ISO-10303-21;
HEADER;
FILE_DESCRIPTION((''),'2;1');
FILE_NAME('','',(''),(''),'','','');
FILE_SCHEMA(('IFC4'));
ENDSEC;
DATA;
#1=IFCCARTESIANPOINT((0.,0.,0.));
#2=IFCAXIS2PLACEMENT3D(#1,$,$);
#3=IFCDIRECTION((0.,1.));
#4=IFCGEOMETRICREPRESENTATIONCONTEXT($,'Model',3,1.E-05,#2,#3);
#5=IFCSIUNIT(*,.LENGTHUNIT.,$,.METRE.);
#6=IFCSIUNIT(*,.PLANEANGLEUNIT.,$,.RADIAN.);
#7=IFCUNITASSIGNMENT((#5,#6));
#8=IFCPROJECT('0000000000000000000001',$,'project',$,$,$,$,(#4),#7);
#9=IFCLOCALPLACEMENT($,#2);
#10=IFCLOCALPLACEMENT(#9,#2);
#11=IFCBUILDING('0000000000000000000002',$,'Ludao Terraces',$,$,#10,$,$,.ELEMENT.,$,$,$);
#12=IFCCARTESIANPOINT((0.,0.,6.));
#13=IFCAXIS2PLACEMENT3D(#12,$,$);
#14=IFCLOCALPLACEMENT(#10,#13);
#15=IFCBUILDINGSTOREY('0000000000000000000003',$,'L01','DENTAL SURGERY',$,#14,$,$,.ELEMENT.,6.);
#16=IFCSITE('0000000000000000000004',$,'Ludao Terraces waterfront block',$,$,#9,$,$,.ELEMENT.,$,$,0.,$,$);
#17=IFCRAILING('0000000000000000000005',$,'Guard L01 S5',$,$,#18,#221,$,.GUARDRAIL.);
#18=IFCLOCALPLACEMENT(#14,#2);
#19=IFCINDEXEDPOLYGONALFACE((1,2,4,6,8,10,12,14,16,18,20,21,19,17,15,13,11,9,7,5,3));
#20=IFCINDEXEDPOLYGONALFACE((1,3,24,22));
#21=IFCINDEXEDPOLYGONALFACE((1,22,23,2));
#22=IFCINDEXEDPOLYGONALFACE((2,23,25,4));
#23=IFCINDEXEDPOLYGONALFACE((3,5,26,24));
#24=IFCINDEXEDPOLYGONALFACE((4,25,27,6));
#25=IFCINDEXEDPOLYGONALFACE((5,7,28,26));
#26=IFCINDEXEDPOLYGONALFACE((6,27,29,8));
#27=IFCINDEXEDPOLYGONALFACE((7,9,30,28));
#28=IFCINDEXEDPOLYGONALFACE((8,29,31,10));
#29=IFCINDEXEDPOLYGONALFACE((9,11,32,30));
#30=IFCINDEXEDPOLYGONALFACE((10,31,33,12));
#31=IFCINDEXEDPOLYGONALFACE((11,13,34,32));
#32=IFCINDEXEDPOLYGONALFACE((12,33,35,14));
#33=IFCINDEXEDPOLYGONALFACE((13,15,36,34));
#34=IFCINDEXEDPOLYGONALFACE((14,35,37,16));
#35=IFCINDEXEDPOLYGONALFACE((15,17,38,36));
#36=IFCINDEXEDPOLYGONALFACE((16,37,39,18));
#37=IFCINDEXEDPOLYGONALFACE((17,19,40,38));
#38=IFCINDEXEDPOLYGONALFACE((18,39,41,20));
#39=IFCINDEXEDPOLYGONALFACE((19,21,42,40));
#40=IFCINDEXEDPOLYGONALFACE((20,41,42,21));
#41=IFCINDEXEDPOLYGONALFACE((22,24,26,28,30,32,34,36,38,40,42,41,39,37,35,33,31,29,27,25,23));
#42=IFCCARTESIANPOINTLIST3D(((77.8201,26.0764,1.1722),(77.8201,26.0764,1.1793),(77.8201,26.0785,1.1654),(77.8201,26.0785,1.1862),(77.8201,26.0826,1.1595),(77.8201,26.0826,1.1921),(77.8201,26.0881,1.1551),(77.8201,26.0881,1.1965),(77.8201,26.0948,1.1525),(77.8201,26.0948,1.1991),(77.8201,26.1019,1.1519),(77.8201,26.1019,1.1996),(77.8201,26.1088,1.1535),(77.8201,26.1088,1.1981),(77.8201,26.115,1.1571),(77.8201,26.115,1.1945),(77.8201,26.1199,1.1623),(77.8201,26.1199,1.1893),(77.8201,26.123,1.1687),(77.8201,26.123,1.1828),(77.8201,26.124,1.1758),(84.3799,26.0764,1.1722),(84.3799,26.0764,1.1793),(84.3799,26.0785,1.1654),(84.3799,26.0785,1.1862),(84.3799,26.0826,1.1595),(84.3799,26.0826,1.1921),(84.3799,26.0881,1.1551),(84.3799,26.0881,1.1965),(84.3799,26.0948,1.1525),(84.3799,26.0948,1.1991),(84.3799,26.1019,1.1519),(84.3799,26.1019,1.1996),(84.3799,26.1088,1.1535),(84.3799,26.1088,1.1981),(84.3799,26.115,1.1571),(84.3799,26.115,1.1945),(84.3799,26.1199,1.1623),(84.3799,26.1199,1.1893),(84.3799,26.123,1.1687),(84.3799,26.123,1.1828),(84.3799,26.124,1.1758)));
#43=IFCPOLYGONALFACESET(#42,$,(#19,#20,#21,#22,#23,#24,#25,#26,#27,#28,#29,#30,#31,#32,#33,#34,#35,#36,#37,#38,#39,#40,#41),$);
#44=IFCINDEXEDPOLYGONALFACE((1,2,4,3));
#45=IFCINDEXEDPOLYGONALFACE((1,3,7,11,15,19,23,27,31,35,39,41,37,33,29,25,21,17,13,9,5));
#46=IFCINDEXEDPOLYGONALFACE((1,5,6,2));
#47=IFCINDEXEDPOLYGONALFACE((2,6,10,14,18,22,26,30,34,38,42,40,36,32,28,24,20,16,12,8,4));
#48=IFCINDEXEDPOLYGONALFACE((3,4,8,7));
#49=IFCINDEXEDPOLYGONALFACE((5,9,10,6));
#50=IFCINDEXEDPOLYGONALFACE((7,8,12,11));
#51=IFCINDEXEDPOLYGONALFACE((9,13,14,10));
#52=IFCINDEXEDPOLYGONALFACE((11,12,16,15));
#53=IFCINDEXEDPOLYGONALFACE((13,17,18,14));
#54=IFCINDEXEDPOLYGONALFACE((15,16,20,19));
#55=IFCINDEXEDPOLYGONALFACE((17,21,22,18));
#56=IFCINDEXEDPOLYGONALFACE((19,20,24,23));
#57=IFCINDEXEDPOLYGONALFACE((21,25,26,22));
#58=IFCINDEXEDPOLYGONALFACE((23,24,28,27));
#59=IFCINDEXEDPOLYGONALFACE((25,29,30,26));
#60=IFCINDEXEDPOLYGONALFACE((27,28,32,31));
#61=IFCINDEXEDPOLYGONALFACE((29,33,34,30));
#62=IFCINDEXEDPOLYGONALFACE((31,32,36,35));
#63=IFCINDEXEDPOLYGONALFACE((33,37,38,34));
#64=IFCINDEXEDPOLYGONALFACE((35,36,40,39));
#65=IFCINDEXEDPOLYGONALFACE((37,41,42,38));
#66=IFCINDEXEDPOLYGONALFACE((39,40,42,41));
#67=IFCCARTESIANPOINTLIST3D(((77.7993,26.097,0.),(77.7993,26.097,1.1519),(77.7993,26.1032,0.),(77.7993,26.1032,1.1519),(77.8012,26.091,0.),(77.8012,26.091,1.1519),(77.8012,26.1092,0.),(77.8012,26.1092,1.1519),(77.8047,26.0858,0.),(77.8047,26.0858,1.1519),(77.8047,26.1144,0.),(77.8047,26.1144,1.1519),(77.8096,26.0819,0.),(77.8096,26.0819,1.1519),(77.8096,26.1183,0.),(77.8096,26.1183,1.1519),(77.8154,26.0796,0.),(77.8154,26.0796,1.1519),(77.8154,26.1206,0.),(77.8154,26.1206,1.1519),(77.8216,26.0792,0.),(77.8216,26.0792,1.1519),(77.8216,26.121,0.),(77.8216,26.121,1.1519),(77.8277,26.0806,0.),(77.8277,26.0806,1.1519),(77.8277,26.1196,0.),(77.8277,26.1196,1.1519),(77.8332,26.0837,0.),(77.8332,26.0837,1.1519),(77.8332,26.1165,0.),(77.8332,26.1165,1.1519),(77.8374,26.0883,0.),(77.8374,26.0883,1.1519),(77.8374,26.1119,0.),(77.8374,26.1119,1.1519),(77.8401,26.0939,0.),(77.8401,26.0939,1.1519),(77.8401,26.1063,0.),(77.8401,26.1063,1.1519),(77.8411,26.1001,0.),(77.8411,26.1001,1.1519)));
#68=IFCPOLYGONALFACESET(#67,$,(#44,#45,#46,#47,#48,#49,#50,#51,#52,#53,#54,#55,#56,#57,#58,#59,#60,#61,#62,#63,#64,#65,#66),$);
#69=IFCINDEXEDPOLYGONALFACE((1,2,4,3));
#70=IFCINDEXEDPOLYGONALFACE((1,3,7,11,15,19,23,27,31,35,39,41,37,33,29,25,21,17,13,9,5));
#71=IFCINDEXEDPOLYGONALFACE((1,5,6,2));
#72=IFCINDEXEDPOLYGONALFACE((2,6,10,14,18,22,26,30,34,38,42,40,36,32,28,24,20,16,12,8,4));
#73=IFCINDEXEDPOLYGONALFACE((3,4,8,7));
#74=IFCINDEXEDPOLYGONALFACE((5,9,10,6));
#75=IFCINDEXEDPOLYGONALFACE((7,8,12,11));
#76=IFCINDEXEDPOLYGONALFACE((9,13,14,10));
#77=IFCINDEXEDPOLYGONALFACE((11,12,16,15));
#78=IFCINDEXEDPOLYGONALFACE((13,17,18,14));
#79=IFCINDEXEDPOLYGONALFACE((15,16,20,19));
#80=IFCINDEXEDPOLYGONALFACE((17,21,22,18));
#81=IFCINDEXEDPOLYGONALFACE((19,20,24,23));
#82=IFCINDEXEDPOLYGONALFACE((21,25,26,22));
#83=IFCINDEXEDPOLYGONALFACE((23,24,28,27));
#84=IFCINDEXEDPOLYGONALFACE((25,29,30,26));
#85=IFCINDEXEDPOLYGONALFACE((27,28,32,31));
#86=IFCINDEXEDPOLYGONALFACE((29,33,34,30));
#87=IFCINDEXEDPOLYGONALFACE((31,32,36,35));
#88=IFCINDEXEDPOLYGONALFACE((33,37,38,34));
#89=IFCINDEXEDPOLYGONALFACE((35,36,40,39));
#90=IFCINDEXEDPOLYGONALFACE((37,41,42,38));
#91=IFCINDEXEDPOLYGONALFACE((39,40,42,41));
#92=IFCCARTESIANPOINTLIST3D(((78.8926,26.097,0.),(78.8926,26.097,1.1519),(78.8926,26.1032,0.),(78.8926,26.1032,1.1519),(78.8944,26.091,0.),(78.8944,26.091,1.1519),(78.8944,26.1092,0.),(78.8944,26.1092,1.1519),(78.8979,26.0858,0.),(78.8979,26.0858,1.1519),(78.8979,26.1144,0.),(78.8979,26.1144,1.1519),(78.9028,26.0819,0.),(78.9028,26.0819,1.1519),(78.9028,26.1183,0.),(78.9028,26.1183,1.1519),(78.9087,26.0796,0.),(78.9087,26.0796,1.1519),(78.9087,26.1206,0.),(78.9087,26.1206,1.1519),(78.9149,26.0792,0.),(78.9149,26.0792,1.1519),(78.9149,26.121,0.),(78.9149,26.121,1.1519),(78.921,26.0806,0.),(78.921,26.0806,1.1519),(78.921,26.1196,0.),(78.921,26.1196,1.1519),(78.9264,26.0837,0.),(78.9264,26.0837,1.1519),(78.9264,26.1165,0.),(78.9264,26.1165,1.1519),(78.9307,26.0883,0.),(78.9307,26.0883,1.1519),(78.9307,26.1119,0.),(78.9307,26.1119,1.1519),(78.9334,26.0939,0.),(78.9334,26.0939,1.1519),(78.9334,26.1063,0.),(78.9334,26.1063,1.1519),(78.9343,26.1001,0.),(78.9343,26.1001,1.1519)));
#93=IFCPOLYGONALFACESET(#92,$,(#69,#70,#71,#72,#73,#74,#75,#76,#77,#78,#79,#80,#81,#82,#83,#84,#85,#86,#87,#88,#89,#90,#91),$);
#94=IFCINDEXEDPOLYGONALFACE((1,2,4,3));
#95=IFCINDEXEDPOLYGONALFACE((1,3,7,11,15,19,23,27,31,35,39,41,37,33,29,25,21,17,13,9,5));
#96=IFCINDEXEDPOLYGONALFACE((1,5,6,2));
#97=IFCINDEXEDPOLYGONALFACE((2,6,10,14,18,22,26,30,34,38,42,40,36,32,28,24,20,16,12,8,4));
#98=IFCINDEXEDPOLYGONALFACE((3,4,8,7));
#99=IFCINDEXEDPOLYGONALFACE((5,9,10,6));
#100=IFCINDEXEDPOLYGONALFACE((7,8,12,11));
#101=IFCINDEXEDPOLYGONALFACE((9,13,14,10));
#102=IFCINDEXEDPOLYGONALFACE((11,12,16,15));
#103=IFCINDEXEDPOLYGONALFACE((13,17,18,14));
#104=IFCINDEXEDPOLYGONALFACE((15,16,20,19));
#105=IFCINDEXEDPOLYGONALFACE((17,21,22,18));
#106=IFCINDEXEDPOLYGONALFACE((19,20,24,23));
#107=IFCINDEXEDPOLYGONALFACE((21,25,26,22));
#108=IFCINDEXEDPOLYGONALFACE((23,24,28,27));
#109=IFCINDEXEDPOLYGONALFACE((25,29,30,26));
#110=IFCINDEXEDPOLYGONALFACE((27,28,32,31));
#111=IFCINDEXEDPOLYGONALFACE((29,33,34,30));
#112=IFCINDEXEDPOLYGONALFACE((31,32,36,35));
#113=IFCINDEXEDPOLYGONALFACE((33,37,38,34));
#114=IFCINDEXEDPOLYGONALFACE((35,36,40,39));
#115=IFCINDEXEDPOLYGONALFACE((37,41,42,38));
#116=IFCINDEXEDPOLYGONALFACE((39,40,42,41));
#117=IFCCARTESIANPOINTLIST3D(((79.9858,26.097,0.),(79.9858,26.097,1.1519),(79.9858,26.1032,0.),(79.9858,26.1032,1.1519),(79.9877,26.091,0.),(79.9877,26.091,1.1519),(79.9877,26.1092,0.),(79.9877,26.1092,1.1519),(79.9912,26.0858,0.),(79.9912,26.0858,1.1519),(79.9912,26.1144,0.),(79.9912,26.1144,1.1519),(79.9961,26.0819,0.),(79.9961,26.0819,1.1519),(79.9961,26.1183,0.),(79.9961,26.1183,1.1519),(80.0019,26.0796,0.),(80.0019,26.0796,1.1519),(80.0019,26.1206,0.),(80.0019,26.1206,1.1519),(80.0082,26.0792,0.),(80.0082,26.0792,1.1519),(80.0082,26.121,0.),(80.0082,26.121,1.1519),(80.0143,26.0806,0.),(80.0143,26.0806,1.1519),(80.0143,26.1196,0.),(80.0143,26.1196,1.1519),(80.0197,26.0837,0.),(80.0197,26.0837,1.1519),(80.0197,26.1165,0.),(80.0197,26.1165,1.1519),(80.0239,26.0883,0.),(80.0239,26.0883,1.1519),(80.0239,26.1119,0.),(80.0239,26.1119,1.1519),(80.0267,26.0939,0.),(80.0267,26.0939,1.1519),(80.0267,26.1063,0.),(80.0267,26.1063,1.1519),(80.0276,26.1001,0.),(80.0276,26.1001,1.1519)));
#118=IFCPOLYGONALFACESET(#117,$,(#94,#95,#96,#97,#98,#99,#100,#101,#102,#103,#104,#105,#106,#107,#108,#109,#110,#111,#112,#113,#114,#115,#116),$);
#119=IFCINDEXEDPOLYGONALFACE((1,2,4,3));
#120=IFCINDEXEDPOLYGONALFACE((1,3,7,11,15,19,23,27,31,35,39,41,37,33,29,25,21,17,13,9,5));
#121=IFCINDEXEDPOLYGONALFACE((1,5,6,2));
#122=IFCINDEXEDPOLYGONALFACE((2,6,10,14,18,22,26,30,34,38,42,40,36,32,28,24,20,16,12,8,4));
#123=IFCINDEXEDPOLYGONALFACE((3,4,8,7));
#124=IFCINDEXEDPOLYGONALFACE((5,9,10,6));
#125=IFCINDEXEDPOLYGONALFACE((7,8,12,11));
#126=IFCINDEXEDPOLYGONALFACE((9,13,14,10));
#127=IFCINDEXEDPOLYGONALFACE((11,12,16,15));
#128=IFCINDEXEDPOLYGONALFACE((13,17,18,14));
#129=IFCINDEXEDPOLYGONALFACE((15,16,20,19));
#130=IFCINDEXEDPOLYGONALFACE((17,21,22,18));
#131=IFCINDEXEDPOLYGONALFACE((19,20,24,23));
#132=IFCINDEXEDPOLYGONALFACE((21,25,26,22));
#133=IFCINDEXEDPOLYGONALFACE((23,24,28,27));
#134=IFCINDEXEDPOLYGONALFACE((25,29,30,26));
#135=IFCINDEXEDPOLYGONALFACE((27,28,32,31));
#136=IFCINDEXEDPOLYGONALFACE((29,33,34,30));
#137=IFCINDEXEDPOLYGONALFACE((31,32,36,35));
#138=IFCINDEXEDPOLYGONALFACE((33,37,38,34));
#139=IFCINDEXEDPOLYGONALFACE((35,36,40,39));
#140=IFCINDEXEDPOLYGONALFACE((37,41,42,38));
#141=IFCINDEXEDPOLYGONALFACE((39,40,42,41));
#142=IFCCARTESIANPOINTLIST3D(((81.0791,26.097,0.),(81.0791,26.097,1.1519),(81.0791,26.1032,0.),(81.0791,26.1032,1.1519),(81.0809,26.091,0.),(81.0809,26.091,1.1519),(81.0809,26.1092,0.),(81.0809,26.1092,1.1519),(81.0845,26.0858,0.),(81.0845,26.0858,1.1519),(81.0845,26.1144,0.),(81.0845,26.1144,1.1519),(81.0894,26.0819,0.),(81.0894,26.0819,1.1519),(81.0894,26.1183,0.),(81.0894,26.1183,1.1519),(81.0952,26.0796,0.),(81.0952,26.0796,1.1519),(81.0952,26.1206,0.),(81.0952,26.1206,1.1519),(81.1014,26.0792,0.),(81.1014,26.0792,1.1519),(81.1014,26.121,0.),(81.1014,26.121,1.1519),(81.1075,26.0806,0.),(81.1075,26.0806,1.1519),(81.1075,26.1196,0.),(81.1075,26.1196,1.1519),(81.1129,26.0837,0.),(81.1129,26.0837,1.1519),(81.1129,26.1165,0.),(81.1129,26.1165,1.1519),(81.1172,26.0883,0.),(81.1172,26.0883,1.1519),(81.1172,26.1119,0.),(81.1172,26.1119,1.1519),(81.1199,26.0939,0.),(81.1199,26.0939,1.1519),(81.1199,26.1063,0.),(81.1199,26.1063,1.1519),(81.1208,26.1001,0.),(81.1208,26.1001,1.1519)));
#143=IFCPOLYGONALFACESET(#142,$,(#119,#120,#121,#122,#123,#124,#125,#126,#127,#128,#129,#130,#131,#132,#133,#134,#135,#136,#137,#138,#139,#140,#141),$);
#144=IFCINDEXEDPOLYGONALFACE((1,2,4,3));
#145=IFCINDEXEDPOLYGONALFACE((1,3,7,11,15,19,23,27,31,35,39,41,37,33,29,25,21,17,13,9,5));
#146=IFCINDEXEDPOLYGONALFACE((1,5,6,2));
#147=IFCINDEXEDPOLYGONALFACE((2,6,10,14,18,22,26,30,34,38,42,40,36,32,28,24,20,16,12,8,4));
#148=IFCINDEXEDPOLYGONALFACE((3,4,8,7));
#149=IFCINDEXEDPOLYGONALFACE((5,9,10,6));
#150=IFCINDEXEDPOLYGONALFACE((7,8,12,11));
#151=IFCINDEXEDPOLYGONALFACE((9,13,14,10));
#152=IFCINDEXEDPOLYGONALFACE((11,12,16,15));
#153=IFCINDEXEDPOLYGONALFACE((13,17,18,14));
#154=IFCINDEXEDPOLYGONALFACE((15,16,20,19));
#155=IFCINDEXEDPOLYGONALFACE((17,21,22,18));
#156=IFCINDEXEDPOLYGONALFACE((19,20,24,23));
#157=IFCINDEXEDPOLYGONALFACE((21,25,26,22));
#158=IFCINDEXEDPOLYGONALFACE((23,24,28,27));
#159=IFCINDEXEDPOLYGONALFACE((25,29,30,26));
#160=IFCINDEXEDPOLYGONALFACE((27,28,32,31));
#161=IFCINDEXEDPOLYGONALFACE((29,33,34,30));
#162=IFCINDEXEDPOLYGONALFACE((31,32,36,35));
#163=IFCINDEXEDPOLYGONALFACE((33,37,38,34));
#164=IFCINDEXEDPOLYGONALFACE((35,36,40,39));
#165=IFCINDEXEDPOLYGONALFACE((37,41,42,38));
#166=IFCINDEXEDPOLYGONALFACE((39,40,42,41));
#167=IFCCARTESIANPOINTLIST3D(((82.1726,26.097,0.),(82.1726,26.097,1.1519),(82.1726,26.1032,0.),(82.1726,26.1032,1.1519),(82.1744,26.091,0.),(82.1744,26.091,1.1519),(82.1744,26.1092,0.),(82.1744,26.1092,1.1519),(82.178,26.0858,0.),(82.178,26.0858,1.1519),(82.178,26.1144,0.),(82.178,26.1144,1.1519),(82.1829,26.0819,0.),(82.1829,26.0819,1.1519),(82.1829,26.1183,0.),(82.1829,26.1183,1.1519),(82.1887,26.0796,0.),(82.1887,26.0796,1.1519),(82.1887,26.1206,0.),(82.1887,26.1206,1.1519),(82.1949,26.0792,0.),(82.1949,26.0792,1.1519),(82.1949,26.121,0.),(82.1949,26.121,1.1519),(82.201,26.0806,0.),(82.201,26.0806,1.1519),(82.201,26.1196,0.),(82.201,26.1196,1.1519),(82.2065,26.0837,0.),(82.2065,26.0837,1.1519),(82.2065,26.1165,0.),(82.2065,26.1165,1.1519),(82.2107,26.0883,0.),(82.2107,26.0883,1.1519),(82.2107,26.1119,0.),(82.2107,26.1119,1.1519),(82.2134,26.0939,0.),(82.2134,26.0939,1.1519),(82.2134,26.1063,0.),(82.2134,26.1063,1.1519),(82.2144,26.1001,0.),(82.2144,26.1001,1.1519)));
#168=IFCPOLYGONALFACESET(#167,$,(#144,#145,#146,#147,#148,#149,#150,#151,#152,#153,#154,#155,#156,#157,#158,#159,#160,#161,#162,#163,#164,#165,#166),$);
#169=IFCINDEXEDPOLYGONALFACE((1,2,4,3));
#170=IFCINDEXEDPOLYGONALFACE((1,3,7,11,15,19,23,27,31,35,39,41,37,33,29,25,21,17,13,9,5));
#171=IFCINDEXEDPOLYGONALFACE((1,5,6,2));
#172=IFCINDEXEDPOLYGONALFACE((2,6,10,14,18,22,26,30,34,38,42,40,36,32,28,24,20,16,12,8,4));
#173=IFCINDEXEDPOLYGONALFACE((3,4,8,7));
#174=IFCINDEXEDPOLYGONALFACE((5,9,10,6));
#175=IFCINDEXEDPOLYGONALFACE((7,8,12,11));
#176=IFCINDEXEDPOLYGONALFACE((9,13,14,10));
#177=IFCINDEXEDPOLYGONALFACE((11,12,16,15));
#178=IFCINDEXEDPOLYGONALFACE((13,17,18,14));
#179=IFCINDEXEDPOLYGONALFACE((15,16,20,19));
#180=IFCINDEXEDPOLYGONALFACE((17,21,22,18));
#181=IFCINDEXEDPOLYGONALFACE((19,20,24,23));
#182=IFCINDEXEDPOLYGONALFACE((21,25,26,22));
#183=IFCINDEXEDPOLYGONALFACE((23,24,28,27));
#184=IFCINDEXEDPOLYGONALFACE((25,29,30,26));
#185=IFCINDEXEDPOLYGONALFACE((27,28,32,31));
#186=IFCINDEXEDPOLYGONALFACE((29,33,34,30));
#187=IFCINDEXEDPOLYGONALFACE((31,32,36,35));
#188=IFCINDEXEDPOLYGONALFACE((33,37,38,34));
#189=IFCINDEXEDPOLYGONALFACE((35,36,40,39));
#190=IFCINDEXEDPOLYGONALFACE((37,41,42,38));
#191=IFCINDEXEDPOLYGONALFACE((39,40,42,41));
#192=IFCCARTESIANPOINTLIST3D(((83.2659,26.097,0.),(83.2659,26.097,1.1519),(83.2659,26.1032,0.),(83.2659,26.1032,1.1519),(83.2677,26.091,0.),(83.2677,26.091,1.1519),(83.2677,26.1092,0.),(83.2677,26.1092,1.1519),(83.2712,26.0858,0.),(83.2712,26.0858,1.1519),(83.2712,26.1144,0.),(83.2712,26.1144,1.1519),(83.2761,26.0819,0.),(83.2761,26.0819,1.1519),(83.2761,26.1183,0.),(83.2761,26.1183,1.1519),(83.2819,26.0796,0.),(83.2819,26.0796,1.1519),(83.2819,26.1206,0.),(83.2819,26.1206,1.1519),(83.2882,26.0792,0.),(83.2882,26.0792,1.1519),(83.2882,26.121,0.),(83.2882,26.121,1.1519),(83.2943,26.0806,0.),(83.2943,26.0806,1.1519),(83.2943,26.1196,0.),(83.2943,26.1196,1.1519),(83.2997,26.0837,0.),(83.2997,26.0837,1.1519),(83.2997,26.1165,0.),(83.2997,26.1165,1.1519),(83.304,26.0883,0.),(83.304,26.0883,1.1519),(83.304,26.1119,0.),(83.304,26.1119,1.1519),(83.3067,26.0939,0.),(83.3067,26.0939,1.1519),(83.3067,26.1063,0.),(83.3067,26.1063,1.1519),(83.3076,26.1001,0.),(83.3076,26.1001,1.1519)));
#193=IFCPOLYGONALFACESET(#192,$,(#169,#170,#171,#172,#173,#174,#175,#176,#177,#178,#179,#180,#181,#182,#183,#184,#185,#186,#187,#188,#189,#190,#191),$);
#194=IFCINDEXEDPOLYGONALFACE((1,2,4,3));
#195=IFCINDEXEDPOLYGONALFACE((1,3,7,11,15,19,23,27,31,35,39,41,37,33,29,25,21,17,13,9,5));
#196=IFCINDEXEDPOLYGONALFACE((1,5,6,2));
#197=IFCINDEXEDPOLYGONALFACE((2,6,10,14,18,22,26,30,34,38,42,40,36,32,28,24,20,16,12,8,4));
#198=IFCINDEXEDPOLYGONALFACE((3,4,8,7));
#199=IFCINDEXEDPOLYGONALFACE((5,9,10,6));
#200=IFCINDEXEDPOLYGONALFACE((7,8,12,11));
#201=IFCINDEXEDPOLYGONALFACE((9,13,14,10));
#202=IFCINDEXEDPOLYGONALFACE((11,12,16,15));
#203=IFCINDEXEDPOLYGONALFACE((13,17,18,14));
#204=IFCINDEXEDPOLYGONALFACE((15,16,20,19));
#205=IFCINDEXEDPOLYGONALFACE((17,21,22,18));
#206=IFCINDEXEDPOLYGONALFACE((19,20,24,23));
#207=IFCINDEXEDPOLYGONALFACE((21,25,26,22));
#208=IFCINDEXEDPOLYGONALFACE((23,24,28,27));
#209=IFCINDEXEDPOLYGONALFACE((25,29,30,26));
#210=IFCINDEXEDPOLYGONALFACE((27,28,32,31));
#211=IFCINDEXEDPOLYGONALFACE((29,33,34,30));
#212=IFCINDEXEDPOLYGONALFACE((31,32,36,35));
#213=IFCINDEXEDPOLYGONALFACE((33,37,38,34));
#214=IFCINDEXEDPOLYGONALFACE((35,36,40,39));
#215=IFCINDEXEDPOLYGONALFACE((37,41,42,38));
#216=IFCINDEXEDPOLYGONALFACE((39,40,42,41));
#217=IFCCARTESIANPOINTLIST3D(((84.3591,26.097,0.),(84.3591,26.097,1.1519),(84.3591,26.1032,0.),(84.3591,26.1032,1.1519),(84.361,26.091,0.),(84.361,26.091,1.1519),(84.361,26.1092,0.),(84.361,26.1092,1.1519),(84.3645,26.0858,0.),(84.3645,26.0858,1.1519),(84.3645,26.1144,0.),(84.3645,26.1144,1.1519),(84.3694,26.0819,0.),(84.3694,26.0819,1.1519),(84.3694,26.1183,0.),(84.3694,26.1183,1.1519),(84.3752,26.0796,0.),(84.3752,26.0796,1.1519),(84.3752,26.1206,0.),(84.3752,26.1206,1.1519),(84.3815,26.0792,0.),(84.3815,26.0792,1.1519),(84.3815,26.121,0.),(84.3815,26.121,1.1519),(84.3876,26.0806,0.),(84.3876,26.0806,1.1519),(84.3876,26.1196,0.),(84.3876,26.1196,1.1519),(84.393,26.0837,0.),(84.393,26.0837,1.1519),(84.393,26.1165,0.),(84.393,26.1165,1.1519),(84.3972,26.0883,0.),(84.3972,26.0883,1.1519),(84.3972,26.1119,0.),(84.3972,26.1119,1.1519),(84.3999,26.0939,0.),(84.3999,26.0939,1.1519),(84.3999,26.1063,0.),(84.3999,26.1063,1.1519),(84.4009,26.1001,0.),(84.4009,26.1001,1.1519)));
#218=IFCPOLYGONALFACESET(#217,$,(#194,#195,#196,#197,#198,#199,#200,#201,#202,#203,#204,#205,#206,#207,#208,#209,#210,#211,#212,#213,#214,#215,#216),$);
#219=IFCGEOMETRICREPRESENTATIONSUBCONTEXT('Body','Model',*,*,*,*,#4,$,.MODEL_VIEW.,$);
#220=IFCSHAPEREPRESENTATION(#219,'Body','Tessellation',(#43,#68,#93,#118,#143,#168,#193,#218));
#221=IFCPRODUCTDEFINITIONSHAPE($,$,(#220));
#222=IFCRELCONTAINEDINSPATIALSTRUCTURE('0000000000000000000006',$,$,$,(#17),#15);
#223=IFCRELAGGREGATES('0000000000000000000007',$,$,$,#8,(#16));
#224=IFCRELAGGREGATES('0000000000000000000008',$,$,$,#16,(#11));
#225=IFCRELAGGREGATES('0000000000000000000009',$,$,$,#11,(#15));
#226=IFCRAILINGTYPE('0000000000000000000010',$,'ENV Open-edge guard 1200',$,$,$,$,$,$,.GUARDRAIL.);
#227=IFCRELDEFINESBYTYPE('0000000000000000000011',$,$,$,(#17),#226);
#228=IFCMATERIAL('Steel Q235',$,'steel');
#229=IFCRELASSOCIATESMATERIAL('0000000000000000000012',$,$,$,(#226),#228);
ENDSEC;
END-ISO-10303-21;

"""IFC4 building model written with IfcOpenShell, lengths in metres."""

from ifc_helpers import new_model, si_unit, direction, frame, origin, origin_2d, place, context, subcontext, project, spatial, circle, extrude, material, type_object, element, save


model = new_model("IFC4")

# Units and contexts
model_context = context("Model", 3, precision=1e-05, world=origin(), true_north=direction((0.0, 1.0)))
body_context = subcontext(model_context, "Body", "Model", "MODEL_VIEW")
ifc_project = project(units=[si_unit("LENGTHUNIT", "METRE"), si_unit("PLANEANGLEUNIT", "RADIAN")], contexts=[model_context])

# Site, building, storey
site_placement = place(None, origin())
site = spatial("IfcSite", under=ifc_project, at=site_placement, Name="Ludao Terraces waterfront block", CompositionType="ELEMENT", RefElevation=0.0)
building_placement = place(site_placement, origin())
building = spatial("IfcBuilding", under=site, at=building_placement, Name="Ludao Terraces", CompositionType="ELEMENT")
storey_placement = place(building_placement, frame((0.0, 0.0, 6.0)))
storey = spatial("IfcBuildingStorey", under=building, at=storey_placement, Name="L01", Description="DENTAL SURGERY", CompositionType="ELEMENT", Elevation=6.0)

# Shared definitions
ifc_material_1 = material(Name="Steel Q235", Category="steel")

# Railing
railing_type = type_object("IfcRailingType", Name="ENV Open-edge guard 1200", PredefinedType="GUARDRAIL", material=ifc_material_1)
railing_1_placement = place(storey_placement, frame((77.8201, 26.1001, 0.0)))
element("IfcRailing", 1, at=railing_1_placement, inside=storey, type_object=railing_type, Name="Guard L01 S5", PredefinedType="GUARDRAIL", context=body_context, shape_type="SweptSolid", body=[
    extrude(circle(Radius=0.0239, at=origin_2d()), frame((0.0, 0.0, 1.1758), z_axis=(1.0, 0.0, 0.0), x_axis=(0.0, 1.0, 0.0)), (0.0, 0.0, 1.0), 6.5598),
    extrude(circle(Radius=0.021, at=origin_2d()), origin(), (0.0, 0.0, 1.0), 1.1519),
    extrude(circle(Radius=0.021, at=origin_2d()), frame((1.0933, 0.0, 0.0)), (0.0, 0.0, 1.0), 1.1519),
    extrude(circle(Radius=0.021, at=origin_2d()), frame((2.1865, 0.0, 0.0)), (0.0, 0.0, 1.0), 1.1519),
    extrude(circle(Radius=0.021, at=origin_2d()), frame((3.2798, 0.0, 0.0)), (0.0, 0.0, 1.0), 1.1519),
    extrude(circle(Radius=0.021, at=origin_2d()), frame((4.3733, 0.0, 0.0)), (0.0, 0.0, 1.0), 1.1519),
    extrude(circle(Radius=0.021, at=origin_2d()), frame((5.4666, 0.0, 0.0)), (0.0, 0.0, 1.0), 1.1519),
    extrude(circle(Radius=0.021, at=origin_2d()), frame((6.5598, 0.0, 0.0)), (0.0, 0.0, 1.0), 1.1519),
])

save(model, "model.ifc")
